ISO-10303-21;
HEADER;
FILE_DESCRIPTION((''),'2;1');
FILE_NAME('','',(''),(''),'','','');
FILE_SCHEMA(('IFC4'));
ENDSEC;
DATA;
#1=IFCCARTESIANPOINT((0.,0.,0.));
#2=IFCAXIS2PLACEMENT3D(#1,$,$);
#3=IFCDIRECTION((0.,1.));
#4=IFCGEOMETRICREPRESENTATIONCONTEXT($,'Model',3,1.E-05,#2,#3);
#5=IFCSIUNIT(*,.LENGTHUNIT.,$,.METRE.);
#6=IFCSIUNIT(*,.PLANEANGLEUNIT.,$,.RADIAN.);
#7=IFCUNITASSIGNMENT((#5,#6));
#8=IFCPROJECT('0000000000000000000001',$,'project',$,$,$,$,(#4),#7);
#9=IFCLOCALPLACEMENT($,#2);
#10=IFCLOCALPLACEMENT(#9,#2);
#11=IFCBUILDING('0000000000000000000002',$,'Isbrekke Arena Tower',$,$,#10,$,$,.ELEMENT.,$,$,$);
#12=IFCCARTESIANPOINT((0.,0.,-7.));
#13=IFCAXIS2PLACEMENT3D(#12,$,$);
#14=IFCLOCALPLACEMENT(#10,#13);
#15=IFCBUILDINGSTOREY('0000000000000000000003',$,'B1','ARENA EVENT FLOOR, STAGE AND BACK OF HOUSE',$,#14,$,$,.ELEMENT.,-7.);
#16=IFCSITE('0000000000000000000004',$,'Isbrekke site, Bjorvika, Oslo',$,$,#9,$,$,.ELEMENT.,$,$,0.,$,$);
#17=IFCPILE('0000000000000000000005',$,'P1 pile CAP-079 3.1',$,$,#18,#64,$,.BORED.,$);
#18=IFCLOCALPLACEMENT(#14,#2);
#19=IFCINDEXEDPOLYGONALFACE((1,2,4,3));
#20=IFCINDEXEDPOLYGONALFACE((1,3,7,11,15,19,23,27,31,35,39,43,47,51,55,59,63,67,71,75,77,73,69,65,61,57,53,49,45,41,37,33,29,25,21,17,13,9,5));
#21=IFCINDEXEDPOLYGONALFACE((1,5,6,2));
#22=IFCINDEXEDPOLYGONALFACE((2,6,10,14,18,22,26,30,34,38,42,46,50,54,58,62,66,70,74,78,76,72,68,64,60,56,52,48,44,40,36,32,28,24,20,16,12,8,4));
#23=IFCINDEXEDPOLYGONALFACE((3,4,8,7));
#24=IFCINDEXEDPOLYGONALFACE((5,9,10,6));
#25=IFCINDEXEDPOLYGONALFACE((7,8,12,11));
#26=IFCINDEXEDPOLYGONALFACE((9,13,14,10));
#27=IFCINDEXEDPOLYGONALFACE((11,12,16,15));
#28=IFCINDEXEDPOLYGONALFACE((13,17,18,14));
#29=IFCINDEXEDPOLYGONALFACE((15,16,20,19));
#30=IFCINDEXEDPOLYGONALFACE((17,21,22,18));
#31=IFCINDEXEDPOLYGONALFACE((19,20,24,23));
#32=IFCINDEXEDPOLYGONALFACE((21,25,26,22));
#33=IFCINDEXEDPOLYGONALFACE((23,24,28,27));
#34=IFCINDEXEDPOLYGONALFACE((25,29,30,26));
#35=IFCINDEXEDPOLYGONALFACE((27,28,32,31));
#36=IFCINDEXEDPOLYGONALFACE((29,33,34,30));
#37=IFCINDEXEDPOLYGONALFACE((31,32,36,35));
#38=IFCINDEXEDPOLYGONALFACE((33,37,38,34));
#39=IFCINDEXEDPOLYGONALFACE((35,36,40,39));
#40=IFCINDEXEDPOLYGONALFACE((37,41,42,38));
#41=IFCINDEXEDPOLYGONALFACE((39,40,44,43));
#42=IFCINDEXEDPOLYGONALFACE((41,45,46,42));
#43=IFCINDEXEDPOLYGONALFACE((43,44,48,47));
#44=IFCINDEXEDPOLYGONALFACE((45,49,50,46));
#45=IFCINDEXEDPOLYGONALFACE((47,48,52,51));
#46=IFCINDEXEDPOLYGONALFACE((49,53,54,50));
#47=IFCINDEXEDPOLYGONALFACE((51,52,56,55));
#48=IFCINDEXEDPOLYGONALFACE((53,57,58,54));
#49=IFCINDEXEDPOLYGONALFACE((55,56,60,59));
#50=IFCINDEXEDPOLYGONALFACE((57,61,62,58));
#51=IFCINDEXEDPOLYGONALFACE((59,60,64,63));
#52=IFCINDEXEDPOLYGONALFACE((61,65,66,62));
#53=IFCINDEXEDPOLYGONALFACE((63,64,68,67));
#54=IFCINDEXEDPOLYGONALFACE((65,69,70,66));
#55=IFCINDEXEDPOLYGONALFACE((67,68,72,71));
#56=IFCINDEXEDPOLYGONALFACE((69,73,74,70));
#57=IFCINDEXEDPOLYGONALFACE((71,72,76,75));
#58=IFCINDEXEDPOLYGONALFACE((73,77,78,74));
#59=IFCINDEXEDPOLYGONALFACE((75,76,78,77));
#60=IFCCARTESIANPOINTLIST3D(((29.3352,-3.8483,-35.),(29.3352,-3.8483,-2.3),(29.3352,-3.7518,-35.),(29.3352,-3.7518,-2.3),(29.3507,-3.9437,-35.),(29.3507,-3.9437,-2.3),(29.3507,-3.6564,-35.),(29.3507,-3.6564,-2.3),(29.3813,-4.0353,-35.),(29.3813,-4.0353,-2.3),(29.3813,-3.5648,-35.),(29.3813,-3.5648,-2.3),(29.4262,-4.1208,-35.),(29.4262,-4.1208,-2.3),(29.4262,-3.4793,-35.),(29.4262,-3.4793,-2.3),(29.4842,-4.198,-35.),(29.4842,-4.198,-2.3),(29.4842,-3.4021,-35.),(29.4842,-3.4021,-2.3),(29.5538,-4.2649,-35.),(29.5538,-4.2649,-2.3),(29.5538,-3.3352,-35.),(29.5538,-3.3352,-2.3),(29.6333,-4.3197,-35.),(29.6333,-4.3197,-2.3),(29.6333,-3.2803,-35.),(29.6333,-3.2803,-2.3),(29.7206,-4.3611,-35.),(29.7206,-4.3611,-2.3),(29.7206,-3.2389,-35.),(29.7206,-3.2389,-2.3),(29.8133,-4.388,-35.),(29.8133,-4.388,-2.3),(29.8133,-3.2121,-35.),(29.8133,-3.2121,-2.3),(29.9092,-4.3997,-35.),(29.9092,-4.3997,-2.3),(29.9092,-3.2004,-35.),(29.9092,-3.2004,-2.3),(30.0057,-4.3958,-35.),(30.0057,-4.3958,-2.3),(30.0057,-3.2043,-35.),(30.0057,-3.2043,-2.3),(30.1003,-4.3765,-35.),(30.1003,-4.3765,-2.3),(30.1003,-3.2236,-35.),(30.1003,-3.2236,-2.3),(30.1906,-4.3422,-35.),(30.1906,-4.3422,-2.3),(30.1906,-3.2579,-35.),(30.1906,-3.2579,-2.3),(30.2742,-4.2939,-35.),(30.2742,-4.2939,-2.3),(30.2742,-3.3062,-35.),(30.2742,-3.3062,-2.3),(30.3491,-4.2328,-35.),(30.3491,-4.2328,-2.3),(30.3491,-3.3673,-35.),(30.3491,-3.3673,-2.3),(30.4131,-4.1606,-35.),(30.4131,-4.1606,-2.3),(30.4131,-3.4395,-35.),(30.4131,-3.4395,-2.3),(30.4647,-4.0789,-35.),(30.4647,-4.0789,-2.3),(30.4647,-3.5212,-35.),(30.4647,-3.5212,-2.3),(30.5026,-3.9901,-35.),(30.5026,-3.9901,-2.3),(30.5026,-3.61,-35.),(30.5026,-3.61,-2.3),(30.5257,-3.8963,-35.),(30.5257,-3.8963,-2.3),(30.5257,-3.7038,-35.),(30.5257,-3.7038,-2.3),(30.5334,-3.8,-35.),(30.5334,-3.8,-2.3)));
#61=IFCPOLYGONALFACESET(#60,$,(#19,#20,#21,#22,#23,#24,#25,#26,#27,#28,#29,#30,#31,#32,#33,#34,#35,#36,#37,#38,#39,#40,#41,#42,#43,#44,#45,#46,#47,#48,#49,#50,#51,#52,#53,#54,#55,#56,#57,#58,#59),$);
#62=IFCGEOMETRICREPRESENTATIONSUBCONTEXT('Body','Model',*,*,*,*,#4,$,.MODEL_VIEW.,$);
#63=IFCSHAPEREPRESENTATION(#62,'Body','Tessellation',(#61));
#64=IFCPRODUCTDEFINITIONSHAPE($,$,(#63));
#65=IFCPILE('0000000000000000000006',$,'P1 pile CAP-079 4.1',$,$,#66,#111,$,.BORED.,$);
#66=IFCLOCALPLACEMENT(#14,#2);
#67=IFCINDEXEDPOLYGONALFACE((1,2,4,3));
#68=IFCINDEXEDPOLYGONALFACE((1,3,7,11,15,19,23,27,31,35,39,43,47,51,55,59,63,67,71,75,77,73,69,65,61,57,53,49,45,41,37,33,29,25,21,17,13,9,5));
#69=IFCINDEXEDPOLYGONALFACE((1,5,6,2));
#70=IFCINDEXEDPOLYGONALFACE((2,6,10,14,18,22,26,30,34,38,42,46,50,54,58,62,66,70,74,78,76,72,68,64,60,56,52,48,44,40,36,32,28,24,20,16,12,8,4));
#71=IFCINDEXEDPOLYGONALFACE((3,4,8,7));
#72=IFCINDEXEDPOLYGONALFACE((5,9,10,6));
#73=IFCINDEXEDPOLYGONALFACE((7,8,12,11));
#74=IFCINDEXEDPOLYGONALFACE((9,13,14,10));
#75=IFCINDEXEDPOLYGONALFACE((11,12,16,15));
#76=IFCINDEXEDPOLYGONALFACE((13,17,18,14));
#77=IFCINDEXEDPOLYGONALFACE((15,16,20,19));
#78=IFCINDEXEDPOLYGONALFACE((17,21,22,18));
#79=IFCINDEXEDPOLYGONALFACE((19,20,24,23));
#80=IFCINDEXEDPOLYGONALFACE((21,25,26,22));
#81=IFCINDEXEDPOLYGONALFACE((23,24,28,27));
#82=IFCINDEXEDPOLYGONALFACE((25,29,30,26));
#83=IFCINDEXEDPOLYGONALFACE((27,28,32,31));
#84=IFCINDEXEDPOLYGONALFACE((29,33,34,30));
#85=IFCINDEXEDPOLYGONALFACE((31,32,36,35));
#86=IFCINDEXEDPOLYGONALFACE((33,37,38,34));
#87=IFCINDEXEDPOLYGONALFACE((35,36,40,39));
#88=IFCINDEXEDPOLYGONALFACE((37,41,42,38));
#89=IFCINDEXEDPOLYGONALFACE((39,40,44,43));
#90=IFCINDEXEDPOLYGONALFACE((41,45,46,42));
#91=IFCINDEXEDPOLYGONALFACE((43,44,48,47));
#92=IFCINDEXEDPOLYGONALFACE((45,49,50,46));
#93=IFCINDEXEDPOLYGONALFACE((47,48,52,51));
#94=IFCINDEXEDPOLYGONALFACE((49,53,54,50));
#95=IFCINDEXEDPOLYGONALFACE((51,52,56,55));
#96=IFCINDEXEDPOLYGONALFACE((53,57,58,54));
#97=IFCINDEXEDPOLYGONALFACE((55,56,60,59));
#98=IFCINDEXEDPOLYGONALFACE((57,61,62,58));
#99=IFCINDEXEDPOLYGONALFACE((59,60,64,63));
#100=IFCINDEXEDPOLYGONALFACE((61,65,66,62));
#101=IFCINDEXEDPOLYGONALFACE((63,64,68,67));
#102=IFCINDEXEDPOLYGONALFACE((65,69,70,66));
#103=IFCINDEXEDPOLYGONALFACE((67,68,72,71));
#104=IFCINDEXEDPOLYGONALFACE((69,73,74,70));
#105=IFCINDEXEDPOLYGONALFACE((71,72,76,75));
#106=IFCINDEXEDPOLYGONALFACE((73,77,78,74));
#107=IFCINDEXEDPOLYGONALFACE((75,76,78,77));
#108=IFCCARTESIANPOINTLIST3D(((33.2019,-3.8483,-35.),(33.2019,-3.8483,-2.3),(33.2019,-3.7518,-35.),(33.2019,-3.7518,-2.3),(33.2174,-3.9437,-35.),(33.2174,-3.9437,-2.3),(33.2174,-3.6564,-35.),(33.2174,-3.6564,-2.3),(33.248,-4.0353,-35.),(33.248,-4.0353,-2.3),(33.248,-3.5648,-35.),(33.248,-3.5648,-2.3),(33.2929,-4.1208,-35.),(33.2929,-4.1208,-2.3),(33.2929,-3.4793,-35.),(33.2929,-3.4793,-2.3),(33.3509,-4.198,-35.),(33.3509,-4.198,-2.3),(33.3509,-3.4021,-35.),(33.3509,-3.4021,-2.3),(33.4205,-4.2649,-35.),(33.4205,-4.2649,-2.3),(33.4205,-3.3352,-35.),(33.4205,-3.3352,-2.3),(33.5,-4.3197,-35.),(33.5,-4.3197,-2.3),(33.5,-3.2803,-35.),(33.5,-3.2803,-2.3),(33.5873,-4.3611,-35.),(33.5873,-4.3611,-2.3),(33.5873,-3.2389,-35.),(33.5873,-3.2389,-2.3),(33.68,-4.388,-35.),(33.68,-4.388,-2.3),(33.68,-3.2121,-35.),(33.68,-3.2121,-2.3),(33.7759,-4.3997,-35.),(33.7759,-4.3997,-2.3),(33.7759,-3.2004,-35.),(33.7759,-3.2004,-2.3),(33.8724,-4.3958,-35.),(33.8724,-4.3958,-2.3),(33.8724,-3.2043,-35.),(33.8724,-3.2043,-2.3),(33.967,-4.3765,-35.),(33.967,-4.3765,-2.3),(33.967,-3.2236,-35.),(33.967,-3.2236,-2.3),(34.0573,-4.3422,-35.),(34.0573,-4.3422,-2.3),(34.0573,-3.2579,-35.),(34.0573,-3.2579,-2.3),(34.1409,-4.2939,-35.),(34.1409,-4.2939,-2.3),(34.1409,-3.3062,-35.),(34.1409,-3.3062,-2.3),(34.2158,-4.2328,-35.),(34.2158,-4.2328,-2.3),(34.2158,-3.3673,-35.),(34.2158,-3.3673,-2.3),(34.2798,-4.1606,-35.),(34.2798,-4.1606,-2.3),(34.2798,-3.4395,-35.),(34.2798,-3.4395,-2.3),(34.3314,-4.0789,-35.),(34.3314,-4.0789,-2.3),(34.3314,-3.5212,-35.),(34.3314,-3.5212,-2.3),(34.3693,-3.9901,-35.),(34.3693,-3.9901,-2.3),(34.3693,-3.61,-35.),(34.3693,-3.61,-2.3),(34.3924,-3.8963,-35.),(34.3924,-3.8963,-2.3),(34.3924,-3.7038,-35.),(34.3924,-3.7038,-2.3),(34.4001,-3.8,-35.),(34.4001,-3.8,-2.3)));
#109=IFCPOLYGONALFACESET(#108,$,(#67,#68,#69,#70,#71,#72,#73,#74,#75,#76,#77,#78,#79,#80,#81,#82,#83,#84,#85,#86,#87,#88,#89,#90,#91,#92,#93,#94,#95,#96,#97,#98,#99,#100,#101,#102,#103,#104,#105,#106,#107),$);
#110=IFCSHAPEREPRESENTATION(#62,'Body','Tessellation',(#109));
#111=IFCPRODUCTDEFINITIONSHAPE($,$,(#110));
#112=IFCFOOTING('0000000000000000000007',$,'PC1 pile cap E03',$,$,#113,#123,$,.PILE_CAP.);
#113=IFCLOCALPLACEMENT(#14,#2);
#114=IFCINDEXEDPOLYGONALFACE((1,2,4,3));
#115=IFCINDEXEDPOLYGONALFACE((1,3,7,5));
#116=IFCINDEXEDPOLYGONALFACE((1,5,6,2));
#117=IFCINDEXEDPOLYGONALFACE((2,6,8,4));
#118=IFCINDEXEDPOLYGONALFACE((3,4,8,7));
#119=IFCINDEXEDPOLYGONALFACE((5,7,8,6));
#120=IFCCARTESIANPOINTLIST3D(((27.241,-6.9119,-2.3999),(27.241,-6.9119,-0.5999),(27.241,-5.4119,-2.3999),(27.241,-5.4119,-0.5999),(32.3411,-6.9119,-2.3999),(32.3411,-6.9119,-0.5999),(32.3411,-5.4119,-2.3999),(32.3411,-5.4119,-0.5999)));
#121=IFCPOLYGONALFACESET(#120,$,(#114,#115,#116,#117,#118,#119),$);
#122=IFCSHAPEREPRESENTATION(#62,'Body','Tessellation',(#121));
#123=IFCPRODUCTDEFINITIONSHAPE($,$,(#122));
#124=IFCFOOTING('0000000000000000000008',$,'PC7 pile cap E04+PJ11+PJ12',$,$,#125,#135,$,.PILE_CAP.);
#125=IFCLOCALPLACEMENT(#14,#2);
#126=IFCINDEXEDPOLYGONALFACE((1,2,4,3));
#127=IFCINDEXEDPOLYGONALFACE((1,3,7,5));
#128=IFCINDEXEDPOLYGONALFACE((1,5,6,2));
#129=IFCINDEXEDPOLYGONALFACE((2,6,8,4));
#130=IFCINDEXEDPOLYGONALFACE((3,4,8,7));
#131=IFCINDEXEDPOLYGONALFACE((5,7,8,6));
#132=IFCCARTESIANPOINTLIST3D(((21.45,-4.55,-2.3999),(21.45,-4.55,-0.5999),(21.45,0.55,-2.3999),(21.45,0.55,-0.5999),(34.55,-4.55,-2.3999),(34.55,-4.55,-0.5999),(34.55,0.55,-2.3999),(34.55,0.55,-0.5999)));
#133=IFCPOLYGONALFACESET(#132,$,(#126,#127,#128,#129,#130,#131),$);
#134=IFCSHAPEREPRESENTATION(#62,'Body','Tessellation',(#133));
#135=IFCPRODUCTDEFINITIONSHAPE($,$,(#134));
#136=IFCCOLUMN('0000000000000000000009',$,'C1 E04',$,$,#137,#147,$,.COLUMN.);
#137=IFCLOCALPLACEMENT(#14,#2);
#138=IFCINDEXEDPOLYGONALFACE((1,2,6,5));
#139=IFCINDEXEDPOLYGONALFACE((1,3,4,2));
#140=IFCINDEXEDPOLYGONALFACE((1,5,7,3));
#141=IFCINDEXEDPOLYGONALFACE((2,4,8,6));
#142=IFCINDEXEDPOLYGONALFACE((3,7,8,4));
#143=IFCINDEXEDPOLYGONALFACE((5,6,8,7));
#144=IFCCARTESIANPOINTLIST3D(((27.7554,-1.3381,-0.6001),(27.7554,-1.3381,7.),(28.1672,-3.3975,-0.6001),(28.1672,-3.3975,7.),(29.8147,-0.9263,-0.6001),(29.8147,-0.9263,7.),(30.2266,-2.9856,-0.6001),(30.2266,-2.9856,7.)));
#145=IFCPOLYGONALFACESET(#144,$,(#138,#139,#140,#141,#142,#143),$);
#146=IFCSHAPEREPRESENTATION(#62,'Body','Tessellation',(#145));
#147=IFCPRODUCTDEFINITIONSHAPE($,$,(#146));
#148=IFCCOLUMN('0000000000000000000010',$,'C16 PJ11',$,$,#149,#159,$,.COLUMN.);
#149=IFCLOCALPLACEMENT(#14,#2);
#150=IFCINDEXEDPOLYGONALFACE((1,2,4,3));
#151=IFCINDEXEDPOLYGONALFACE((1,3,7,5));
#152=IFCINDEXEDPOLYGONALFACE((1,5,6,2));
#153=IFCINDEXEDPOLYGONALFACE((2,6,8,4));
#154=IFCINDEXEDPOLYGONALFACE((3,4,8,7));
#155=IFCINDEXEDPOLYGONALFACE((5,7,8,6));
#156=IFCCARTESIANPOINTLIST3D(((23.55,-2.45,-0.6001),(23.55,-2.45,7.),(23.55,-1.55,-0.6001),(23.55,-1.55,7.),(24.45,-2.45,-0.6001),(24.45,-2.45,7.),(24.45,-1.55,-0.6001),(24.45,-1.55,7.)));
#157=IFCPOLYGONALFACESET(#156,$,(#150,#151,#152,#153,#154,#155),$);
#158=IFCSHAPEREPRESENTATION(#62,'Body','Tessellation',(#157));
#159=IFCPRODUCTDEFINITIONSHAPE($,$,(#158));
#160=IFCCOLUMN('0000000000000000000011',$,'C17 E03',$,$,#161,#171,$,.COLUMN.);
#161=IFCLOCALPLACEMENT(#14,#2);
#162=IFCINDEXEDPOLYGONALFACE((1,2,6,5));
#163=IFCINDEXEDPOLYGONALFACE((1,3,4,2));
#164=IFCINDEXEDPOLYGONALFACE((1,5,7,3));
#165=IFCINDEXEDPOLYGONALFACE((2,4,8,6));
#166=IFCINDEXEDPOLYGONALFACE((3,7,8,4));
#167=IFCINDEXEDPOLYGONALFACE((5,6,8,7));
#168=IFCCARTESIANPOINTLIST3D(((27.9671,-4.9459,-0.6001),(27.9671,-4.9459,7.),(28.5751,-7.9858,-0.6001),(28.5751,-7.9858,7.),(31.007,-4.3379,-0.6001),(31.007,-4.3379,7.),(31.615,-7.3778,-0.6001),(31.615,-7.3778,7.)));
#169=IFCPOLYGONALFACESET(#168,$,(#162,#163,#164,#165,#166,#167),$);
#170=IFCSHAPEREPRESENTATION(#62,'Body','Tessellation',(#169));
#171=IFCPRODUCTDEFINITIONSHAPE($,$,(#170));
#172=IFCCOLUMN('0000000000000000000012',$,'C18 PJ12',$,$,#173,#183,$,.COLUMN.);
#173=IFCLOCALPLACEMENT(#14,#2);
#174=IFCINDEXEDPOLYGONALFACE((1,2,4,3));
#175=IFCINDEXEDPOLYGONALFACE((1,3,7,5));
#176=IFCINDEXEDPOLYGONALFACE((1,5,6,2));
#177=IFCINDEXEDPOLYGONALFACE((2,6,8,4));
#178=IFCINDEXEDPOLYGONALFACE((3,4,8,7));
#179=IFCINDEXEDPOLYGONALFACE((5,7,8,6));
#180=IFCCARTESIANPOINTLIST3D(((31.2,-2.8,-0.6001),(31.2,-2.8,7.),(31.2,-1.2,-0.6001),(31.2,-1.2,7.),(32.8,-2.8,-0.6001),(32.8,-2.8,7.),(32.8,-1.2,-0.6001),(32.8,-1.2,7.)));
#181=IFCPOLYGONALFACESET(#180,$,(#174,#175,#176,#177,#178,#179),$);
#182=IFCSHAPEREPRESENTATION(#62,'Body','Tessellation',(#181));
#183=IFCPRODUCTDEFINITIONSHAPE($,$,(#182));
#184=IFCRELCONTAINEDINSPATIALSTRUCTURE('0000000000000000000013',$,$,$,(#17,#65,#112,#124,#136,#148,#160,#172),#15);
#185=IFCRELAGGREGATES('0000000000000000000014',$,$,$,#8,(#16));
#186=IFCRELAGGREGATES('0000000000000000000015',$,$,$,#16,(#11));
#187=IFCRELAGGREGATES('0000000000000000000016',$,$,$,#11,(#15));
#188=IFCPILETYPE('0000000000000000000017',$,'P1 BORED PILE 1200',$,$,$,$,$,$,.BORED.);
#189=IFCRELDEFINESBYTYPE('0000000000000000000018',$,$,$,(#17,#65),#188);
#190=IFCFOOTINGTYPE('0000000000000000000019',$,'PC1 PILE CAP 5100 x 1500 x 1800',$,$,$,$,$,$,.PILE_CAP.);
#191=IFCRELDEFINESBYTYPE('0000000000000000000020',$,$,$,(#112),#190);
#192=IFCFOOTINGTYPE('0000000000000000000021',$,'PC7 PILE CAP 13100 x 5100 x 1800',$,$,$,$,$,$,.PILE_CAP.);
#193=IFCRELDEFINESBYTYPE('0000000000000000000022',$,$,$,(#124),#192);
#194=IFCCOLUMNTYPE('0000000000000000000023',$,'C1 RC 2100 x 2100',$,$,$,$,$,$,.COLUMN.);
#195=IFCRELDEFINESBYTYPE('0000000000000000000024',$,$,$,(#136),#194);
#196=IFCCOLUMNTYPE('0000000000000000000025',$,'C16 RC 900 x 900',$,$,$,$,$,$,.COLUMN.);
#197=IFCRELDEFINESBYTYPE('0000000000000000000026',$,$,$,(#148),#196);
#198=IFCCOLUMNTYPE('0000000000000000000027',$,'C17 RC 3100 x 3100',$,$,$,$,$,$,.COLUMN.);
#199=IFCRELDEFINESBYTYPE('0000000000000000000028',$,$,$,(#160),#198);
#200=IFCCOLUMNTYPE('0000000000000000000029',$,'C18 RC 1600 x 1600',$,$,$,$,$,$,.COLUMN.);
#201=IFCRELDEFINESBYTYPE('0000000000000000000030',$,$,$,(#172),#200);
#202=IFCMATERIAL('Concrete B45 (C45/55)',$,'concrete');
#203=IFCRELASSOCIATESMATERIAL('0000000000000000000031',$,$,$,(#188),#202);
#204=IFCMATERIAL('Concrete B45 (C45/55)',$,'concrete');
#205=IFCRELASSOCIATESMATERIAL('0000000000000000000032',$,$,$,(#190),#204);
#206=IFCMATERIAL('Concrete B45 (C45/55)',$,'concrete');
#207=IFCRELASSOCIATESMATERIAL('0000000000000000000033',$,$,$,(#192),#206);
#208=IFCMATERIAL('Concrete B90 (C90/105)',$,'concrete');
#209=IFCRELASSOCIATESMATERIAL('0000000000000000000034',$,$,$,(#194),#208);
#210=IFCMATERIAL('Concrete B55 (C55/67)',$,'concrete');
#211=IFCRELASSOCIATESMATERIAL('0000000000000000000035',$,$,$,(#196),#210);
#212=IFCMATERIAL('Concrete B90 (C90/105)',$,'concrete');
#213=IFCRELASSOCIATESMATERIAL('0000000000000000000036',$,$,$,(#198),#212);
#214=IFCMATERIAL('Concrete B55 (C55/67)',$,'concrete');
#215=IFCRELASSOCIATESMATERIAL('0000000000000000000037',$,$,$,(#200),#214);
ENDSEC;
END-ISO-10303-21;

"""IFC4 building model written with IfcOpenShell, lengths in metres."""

from ifc_helpers import new_model, si_unit, direction, frame, origin, origin_2d, place, context, subcontext, project, spatial, rectangle, circle, extrude, material, material_profile, profile_set, type_object, element, save


model = new_model("IFC4")

# Units and contexts
model_context = context("Model", 3, precision=1e-05, world=origin(), true_north=direction((0.0, 1.0)))
body_context = subcontext(model_context, "Body", "Model", "MODEL_VIEW")
ifc_project = project(units=[si_unit("LENGTHUNIT", "METRE"), si_unit("PLANEANGLEUNIT", "RADIAN")], contexts=[model_context])

# Site, building, storey
site_placement = place(None, origin())
site = spatial("IfcSite", under=ifc_project, at=site_placement, Name="Isbrekke site, Bjorvika, Oslo", CompositionType="ELEMENT", RefElevation=0.0)
building_placement = place(site_placement, origin())
building = spatial("IfcBuilding", under=site, at=building_placement, Name="Isbrekke Arena Tower", CompositionType="ELEMENT")
storey_placement = place(building_placement, frame((0.0, 0.0, -7.0)))
storey = spatial("IfcBuildingStorey", under=building, at=storey_placement, Name="B1", Description="ARENA EVENT FLOOR, STAGE AND BACK OF HOUSE", CompositionType="ELEMENT", Elevation=-7.0)

# Piles
ifc_material_1 = material(Name="Concrete B45 (C45/55)", Category="concrete")
ifc_material_profile_1 = material_profile(ifc_material_1, circle(Radius=0.6001, at=origin_2d()), Name="BORED PILE D1200")
ifc_profile_set_1 = profile_set([ifc_material_profile_1], Name="Concrete B45 (C45/55)")
pile_type = type_object("IfcPileType", Name="P1 BORED PILE 1200", PredefinedType="BORED", material=ifc_profile_set_1)
for number, where, z_axis, x_axis, name in (
    (1, (29.9333, -3.8, -2.3), (0.0, 0.0, -1.0), (1.0, 0.0, 0.0), "P1 pile CAP-079 3.1"),
    (2, (33.8, -3.8, -2.3), (0.0, 0.0, -1.0), (1.0, 0.0, 0.0), "P1 pile CAP-079 4.1"),
):
    element("IfcPile", number, at=place(storey_placement, frame(where, z_axis=z_axis, x_axis=x_axis)), inside=storey, type_object=pile_type, Name=name, PredefinedType="BORED", context=body_context, shape_type="SweptSolid", body=[
        extrude(circle(Radius=0.6001, at=origin_2d()), origin(), (0.0, 0.0, 1.0), 32.7),
    ])

# Footings
ifc_material_2 = material(Name="Concrete B45 (C45/55)", Category="concrete")
footing_type_1 = type_object("IfcFootingType", Name="PC1 PILE CAP 5100 x 1500 x 1800", PredefinedType="PILE_CAP", material=ifc_material_2)
footing_1_placement = place(storey_placement, frame((29.791, -6.1619, -2.3999), z_axis=(0.0, 0.0, 1.0), x_axis=(1.0, 0.0, 0.0)))
element("IfcFooting", 3, at=footing_1_placement, inside=storey, type_object=footing_type_1, Name="PC1 pile cap E03", PredefinedType="PILE_CAP", context=body_context, shape_type="SweptSolid", body=[
    extrude(rectangle(XDim=5.1001, YDim=1.5, at=origin_2d()), origin(), (0.0, 0.0, 1.0), 1.8),
])
ifc_material_3 = material(Name="Concrete B45 (C45/55)", Category="concrete")
footing_type_2 = type_object("IfcFootingType", Name="PC7 PILE CAP 13100 x 5100 x 1800", PredefinedType="PILE_CAP", material=ifc_material_3)
footing_2_placement = place(storey_placement, frame((28.0, -2.0, -2.3999), z_axis=(0.0, 0.0, 1.0), x_axis=(1.0, 0.0, 0.0)))
element("IfcFooting", 4, at=footing_2_placement, inside=storey, type_object=footing_type_2, Name="PC7 pile cap E04+PJ11+PJ12", PredefinedType="PILE_CAP", context=body_context, shape_type="SweptSolid", body=[
    extrude(rectangle(XDim=13.1001, YDim=5.1001, at=origin_2d()), origin(), (0.0, 0.0, 1.0), 1.8),
])

# Columns
ifc_material_4 = material(Name="Concrete B90 (C90/105)", Category="concrete")
ifc_material_profile_2 = material_profile(ifc_material_4, rectangle(XDim=2.1001, YDim=2.1001, at=origin_2d()), Name="RC 2100x2100")
ifc_profile_set_2 = profile_set([ifc_material_profile_2], Name="Concrete B90 (C90/105)")
column_type_1 = type_object("IfcColumnType", Name="C1 RC 2100 x 2100", PredefinedType="COLUMN", material=ifc_profile_set_2)
column_1_placement = place(storey_placement, frame((28.991, -2.1619, -0.6001), z_axis=(0.0, 0.0, 1.0), x_axis=(-0.196116, 0.980581, 0.0)))
element("IfcColumn", 5, at=column_1_placement, inside=storey, type_object=column_type_1, Name="C1 E04", PredefinedType="COLUMN", context=body_context, shape_type="SweptSolid", body=[
    extrude(rectangle(XDim=2.1001, YDim=2.1001, at=origin_2d()), origin(), (0.0, 0.0, 1.0), 7.6001),
])
ifc_material_5 = material(Name="Concrete B55 (C55/67)", Category="concrete")
ifc_material_profile_3 = material_profile(ifc_material_5, rectangle(XDim=0.8999, YDim=0.8999, at=origin_2d()), Name="RC 900x900")
ifc_profile_set_3 = profile_set([ifc_material_profile_3], Name="Concrete B55 (C55/67)")
column_type_2 = type_object("IfcColumnType", Name="C16 RC 900 x 900", PredefinedType="COLUMN", material=ifc_profile_set_3)
column_2_placement = place(storey_placement, frame((24.0, -2.0, -0.6001), z_axis=(0.0, 0.0, 1.0), x_axis=(1.0, 0.0, 0.0)))
element("IfcColumn", 6, at=column_2_placement, inside=storey, type_object=column_type_2, Name="C16 PJ11", PredefinedType="COLUMN", context=body_context, shape_type="SweptSolid", body=[
    extrude(rectangle(XDim=0.8999, YDim=0.8999, at=origin_2d()), origin(), (0.0, 0.0, 1.0), 7.6001),
])
ifc_material_6 = material(Name="Concrete B90 (C90/105)", Category="concrete")
ifc_material_profile_4 = material_profile(ifc_material_6, rectangle(XDim=3.1001, YDim=3.1001, at=origin_2d()), Name="RC 3100x3100")
ifc_profile_set_4 = profile_set([ifc_material_profile_4], Name="Concrete B90 (C90/105)")
column_type_3 = type_object("IfcColumnType", Name="C17 RC 3100 x 3100", PredefinedType="COLUMN", material=ifc_profile_set_4)
column_3_placement = place(storey_placement, frame((29.791, -6.1619, -0.6001), z_axis=(0.0, 0.0, 1.0), x_axis=(-0.196116, 0.980581, 0.0)))
element("IfcColumn", 7, at=column_3_placement, inside=storey, type_object=column_type_3, Name="C17 E03", PredefinedType="COLUMN", context=body_context, shape_type="SweptSolid", body=[
    extrude(rectangle(XDim=3.1001, YDim=3.1001, at=origin_2d()), origin(), (0.0, 0.0, 1.0), 7.6001),
])
ifc_material_7 = material(Name="Concrete B55 (C55/67)", Category="concrete")
ifc_material_profile_5 = material_profile(ifc_material_7, rectangle(XDim=1.6001, YDim=1.6001, at=origin_2d()), Name="RC 1600x1600")
ifc_profile_set_5 = profile_set([ifc_material_profile_5], Name="Concrete B55 (C55/67)")
column_type_4 = type_object("IfcColumnType", Name="C18 RC 1600 x 1600", PredefinedType="COLUMN", material=ifc_profile_set_5)
column_4_placement = place(storey_placement, frame((32.0, -2.0, -0.6001), z_axis=(0.0, 0.0, 1.0), x_axis=(1.0, 0.0, 0.0)))
element("IfcColumn", 8, at=column_4_placement, inside=storey, type_object=column_type_4, Name="C18 PJ12", PredefinedType="COLUMN", context=body_context, shape_type="SweptSolid", body=[
    extrude(rectangle(XDim=1.6001, YDim=1.6001, at=origin_2d()), origin(), (0.0, 0.0, 1.0), 7.6001),
])

save(model, "model.ifc")
